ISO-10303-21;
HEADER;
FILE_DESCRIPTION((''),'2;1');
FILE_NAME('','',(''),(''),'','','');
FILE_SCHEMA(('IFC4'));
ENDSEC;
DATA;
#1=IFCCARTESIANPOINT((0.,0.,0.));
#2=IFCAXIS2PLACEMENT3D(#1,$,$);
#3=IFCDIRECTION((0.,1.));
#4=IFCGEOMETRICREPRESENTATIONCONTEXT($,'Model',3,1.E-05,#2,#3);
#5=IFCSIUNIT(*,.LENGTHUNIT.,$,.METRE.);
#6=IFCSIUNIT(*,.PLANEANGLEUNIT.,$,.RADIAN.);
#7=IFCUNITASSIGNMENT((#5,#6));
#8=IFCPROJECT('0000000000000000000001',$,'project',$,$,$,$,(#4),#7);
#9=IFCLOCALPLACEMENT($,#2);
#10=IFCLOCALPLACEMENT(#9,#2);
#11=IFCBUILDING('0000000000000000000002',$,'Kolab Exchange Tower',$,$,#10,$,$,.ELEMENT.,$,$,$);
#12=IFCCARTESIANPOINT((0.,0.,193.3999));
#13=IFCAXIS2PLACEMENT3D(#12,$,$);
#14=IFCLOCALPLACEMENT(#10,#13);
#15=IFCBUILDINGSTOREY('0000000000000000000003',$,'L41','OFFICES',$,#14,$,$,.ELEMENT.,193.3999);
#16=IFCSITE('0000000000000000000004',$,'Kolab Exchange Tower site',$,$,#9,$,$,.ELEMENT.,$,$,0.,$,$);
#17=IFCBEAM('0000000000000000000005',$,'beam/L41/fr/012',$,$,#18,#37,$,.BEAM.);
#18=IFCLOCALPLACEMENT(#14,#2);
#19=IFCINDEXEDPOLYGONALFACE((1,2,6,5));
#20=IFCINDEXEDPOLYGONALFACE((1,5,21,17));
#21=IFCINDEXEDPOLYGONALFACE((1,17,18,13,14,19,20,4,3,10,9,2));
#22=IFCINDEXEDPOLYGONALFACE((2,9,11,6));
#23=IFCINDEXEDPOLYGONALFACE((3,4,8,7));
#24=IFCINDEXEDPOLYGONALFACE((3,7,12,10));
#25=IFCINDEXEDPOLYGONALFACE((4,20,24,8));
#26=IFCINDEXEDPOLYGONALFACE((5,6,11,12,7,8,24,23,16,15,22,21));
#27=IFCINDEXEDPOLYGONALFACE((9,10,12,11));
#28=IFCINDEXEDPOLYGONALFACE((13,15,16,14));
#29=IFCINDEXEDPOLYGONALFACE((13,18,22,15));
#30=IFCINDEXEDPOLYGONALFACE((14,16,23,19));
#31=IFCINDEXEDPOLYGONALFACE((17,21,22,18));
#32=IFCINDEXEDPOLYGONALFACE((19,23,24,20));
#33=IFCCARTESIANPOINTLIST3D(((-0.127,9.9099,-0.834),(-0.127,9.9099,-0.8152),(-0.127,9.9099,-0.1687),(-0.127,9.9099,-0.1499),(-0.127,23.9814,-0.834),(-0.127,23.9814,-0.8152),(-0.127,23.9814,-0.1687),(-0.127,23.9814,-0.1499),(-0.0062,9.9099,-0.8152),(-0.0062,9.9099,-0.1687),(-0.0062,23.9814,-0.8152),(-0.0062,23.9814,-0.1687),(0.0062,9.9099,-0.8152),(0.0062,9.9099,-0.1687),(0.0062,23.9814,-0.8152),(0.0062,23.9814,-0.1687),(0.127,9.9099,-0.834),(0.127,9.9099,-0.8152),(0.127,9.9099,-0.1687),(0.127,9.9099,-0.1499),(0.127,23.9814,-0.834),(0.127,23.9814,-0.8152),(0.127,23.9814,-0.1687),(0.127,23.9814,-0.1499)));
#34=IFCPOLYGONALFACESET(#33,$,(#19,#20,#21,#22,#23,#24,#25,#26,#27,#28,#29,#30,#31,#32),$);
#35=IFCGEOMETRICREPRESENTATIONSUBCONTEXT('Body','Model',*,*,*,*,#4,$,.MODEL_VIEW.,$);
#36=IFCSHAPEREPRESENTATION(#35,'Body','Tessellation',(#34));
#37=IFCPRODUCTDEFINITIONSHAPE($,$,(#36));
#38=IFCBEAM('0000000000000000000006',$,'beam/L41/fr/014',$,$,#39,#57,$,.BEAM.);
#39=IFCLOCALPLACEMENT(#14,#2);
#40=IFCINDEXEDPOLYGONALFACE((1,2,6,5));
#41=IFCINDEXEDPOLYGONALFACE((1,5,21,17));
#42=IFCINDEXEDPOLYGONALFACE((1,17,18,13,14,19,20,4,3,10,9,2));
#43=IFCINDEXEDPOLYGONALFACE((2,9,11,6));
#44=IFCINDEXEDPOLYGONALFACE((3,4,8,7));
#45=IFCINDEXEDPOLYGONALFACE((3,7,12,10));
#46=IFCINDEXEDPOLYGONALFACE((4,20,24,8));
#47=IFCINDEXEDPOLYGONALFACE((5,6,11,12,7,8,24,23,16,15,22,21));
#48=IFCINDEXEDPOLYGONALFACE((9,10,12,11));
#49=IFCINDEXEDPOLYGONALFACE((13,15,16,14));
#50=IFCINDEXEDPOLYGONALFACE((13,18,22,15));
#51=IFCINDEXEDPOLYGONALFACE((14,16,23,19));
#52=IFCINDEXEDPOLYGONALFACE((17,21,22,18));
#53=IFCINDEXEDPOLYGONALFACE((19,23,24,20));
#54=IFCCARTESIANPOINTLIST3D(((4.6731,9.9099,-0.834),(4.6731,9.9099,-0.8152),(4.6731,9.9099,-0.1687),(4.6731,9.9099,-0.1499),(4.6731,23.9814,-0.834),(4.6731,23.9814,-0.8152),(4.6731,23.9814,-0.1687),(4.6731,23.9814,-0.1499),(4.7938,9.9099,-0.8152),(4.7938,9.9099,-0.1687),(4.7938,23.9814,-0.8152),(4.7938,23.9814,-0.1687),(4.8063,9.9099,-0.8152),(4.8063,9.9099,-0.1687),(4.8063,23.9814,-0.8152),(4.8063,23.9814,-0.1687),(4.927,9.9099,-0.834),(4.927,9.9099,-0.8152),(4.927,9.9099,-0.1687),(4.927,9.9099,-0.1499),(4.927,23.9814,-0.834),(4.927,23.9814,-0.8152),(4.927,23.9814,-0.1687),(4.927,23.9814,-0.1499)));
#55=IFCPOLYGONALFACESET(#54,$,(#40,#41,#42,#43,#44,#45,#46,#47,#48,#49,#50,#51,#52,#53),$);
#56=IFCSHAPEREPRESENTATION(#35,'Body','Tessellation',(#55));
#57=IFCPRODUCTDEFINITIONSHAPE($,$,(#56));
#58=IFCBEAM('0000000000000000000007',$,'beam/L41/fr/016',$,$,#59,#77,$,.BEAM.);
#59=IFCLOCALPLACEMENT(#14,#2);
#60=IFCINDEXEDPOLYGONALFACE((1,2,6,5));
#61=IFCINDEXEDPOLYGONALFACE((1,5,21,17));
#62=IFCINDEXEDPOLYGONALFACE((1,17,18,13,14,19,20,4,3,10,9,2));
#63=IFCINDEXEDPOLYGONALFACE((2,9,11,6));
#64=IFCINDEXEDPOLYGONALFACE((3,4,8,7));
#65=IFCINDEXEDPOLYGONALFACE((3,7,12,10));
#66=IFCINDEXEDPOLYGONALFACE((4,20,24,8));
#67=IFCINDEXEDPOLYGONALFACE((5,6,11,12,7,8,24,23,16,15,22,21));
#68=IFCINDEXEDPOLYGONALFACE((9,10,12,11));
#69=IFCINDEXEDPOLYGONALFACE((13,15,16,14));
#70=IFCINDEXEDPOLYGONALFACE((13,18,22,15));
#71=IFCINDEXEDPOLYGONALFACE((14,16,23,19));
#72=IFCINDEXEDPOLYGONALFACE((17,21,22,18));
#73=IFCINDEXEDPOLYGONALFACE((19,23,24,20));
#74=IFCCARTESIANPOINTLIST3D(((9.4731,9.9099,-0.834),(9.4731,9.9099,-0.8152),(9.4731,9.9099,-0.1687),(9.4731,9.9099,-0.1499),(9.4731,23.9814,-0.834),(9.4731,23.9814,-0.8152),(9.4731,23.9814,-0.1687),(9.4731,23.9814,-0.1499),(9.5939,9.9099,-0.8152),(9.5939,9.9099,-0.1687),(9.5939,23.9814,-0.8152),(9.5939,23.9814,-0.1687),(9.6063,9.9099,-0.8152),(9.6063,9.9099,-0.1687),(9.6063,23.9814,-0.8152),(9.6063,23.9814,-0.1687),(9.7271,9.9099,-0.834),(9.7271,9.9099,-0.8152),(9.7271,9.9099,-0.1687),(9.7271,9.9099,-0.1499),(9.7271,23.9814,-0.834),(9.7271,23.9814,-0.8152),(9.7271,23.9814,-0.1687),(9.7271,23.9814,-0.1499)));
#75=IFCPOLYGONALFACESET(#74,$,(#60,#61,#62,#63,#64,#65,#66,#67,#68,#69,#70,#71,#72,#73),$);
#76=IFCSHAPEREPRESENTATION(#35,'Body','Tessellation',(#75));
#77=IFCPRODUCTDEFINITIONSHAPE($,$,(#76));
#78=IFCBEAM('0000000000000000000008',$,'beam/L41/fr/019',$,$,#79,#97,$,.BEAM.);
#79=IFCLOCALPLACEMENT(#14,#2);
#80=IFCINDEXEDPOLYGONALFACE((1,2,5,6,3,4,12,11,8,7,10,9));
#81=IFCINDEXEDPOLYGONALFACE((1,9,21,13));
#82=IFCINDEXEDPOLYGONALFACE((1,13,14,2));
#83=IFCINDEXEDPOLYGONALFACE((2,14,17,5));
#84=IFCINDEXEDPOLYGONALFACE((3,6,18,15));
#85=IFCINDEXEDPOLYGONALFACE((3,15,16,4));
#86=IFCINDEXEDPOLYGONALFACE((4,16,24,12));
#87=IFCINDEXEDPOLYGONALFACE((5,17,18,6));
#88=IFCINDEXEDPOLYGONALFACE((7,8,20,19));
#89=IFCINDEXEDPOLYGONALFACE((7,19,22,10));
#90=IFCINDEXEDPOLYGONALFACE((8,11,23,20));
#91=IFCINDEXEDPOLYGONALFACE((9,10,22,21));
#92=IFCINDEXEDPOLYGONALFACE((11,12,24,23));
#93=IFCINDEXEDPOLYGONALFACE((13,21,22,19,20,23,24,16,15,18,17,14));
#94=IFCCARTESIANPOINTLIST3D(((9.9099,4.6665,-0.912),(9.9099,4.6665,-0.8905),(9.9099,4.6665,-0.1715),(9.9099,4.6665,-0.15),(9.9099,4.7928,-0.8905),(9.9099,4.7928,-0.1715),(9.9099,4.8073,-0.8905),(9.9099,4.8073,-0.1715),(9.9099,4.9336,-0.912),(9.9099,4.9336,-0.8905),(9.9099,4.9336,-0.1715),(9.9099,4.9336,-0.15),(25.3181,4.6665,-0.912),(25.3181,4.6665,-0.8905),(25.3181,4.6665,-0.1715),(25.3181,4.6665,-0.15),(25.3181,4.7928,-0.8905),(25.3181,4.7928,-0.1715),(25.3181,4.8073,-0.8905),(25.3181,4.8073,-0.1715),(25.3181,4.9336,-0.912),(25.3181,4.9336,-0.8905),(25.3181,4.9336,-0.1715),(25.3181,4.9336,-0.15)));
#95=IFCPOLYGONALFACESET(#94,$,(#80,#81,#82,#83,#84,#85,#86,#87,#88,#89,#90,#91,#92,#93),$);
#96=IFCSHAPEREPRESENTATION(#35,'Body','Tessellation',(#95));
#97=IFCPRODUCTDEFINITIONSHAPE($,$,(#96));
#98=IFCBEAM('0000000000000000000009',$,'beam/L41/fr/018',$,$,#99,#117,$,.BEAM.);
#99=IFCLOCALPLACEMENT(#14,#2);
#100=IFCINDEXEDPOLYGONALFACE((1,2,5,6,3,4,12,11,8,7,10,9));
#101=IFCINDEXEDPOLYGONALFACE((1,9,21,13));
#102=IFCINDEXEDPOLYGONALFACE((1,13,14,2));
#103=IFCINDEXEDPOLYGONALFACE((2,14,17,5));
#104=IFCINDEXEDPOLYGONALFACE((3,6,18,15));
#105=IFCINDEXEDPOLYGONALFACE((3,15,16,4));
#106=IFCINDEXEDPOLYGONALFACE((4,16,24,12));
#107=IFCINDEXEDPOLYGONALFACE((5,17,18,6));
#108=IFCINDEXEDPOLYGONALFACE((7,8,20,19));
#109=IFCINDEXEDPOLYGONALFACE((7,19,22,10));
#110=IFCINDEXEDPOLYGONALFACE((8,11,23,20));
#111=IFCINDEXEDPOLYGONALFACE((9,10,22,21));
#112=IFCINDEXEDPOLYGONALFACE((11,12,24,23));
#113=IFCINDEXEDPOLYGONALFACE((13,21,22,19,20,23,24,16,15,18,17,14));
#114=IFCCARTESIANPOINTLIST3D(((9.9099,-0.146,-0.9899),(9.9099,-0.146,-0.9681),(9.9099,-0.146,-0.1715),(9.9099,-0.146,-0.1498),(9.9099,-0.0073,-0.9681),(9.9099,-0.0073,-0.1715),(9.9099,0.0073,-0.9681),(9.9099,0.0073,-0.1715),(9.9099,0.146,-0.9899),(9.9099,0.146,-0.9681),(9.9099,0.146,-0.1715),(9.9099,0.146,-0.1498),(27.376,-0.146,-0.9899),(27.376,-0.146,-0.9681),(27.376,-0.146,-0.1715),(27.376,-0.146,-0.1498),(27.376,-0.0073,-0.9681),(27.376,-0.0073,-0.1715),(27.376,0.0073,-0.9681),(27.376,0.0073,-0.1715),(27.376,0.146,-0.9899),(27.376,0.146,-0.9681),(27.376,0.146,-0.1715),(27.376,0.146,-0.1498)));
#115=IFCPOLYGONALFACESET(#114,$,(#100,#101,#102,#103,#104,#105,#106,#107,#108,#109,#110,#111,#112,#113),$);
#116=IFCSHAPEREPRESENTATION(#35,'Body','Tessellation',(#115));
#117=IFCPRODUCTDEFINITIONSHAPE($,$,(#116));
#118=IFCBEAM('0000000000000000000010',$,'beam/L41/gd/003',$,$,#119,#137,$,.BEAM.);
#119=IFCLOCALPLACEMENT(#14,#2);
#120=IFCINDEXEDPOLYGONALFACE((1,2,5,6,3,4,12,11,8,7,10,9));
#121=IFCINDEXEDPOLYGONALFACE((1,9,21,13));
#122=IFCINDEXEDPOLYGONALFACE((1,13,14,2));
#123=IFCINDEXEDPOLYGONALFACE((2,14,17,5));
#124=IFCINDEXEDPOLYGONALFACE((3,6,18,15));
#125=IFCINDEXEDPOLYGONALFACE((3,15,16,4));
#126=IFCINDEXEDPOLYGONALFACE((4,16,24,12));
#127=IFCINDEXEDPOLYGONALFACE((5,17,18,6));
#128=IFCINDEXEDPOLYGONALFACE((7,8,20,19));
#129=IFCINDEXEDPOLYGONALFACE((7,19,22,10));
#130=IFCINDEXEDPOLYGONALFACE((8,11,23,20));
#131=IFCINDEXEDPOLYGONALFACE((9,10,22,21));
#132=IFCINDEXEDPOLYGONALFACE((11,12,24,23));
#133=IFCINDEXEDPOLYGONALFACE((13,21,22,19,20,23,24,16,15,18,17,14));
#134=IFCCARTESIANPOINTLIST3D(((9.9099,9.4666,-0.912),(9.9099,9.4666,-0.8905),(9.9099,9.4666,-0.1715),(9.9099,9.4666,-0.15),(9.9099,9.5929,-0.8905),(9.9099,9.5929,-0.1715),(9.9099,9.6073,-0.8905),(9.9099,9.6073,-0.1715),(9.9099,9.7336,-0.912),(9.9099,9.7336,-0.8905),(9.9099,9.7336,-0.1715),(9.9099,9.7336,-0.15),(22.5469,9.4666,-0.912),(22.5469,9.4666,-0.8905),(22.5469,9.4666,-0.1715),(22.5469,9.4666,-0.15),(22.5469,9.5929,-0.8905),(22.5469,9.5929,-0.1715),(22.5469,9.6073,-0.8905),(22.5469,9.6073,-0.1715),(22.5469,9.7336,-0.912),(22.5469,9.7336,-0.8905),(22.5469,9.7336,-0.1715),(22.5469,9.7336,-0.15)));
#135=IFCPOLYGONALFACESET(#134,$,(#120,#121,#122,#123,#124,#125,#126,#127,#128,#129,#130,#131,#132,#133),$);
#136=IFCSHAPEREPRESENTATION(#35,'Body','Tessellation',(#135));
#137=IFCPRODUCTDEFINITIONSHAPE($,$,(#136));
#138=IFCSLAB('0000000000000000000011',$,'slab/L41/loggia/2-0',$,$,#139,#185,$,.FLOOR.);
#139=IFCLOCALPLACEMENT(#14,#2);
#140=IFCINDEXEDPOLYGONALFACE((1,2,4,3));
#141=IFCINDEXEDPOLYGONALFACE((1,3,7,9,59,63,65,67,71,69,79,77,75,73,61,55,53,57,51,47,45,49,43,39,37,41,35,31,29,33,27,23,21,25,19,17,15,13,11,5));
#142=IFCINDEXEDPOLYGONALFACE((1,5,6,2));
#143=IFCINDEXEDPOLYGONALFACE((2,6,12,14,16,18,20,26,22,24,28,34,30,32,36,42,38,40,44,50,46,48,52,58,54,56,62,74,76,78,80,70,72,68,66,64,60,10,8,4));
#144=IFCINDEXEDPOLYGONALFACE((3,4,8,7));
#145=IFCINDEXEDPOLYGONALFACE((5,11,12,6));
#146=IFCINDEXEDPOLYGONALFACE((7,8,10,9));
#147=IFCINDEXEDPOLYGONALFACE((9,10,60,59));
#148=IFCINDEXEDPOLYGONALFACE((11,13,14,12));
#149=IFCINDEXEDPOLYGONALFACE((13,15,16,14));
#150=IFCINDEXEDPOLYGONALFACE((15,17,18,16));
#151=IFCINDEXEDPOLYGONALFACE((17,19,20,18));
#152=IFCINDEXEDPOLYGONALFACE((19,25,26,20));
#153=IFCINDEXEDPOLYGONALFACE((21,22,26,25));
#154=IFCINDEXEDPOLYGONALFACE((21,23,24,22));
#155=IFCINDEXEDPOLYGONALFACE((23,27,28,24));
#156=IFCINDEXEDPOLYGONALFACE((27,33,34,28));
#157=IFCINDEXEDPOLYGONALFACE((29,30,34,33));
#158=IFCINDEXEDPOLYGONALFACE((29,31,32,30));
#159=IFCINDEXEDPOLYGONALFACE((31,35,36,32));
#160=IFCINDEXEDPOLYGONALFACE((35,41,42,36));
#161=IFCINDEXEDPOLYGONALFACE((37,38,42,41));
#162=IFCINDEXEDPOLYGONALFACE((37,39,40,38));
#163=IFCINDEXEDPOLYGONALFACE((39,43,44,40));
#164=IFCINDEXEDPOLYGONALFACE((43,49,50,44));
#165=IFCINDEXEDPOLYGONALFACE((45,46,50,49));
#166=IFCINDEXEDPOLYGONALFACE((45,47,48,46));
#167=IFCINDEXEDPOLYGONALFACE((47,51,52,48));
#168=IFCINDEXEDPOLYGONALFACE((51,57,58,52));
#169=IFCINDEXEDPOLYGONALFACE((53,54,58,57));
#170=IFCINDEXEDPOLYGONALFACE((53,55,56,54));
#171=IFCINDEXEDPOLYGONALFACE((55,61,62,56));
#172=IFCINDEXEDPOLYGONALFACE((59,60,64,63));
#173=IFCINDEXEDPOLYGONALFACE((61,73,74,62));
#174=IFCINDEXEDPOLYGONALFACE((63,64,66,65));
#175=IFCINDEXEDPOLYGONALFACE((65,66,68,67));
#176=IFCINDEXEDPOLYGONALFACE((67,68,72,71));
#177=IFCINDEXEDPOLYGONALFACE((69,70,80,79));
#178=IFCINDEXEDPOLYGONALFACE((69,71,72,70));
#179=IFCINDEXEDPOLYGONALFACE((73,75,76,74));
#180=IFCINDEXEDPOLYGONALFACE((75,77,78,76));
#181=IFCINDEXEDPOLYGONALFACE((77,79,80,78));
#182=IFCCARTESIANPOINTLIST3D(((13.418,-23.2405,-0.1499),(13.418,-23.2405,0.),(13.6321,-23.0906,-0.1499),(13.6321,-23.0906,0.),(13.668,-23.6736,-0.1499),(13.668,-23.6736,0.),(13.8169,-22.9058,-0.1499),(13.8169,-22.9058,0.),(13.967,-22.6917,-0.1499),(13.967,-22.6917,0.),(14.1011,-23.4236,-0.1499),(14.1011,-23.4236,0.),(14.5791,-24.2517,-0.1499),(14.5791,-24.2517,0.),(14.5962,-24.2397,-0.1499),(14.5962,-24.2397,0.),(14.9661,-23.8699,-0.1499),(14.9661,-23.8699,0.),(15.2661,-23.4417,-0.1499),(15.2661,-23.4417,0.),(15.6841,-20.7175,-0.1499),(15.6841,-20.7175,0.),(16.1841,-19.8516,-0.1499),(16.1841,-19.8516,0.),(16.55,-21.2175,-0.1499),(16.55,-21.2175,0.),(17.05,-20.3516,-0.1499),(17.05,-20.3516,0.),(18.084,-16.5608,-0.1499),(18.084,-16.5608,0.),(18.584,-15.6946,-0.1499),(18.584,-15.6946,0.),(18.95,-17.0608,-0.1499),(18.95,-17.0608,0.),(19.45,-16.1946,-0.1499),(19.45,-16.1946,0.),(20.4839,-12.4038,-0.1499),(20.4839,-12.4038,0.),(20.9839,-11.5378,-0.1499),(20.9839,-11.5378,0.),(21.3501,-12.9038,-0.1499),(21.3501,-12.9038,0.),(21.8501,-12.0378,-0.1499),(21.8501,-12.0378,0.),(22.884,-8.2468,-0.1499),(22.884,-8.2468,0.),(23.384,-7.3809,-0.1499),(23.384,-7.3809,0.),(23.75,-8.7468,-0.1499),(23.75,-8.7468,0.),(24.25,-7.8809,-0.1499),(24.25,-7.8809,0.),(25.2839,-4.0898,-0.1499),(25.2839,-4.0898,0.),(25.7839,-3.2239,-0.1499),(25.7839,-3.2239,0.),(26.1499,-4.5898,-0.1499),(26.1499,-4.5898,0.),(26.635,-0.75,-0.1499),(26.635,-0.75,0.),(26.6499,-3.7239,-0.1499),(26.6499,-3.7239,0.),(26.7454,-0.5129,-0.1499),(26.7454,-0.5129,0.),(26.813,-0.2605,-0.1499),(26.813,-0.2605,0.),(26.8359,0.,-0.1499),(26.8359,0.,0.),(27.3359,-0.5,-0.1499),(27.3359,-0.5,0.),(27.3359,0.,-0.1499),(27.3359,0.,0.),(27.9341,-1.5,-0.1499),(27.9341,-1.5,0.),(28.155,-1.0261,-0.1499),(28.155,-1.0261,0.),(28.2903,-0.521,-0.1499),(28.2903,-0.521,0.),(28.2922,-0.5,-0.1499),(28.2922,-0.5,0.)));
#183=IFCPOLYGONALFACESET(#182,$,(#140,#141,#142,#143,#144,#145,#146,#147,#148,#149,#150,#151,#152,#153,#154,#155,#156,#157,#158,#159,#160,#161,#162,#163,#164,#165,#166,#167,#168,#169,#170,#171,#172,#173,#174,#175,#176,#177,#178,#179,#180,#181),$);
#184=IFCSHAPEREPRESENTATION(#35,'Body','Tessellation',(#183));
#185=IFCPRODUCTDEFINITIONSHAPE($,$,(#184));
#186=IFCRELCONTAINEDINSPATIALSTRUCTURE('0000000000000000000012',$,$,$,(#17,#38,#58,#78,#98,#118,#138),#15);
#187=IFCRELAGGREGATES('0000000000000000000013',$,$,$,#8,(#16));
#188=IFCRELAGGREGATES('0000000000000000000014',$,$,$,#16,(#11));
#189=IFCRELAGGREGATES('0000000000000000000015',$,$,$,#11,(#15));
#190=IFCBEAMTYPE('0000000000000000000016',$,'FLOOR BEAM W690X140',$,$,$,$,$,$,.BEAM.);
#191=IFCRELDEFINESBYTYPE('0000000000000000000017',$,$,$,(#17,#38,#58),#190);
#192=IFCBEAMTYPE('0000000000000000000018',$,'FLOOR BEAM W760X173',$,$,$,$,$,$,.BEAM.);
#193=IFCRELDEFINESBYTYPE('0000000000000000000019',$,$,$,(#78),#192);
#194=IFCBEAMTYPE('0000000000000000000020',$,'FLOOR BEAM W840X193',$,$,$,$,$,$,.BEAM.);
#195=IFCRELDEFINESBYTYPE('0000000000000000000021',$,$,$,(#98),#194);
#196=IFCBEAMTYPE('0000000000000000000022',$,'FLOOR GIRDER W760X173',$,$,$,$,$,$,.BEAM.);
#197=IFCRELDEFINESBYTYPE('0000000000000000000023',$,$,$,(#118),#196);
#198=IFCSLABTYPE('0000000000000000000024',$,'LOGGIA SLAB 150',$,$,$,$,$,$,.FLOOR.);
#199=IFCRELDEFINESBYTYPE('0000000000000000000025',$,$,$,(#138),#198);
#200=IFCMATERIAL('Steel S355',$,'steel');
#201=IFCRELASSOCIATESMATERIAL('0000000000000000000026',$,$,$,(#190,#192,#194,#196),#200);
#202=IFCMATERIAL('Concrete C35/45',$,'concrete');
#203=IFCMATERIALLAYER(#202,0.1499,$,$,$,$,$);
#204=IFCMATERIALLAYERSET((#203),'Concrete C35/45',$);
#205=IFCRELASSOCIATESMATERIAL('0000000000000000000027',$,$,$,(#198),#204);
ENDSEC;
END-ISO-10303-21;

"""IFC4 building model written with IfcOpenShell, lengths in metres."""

from ifc_helpers import new_model, si_unit, direction, frame, origin, origin_2d, place, context, subcontext, project, spatial, polyline, i_section, outline, extrude, material, layer, layer_set, material_profile, profile_set, type_object, element, save


model = new_model("IFC4")

# Units and contexts
model_context = context("Model", 3, precision=1e-05, world=origin(), true_north=direction((0.0, 1.0)))
body_context = subcontext(model_context, "Body", "Model", "MODEL_VIEW")
ifc_project = project(units=[si_unit("LENGTHUNIT", "METRE"), si_unit("PLANEANGLEUNIT", "RADIAN")], contexts=[model_context])

# Site, building, storey
site_placement = place(None, origin())
site = spatial("IfcSite", under=ifc_project, at=site_placement, Name="Kolab Exchange Tower site", CompositionType="ELEMENT", RefElevation=0.0)
building_placement = place(site_placement, origin())
building = spatial("IfcBuilding", under=site, at=building_placement, Name="Kolab Exchange Tower", CompositionType="ELEMENT")
storey_placement = place(building_placement, frame((0.0, 0.0, 193.3999)))
storey = spatial("IfcBuildingStorey", under=building, at=storey_placement, Name="L41", Description="OFFICES", CompositionType="ELEMENT", Elevation=193.3999)

# Beams
ifc_material_1 = material(Name="Steel S355", Category="steel")
ifc_material_profile_1 = material_profile(ifc_material_1, i_section(OverallWidth=0.2539, OverallDepth=0.6841, WebThickness=0.0125, FlangeThickness=0.0188, at=origin_2d()), Name="W690X140")
ifc_profile_set_1 = profile_set([ifc_material_profile_1], Name="Steel S355")
beam_type_1 = type_object("IfcBeamType", Name="FLOOR BEAM W690X140", PredefinedType="BEAM", material=ifc_profile_set_1)
for number, where, z_axis, x_axis, name in (
    (1, (0.0, 9.9099, -0.4919), (0.0, 1.0, 0.0), (-1.0, 0.0, 0.0), "beam/L41/fr/012"),
    (2, (4.8, 9.9099, -0.4919), (0.0, 1.0, 0.0), (-1.0, 0.0, 0.0), "beam/L41/fr/014"),
    (3, (9.6001, 9.9099, -0.4919), (0.0, 1.0, 0.0), (-1.0, 0.0, 0.0), "beam/L41/fr/016"),
):
    element("IfcBeam", number, at=place(storey_placement, frame(where, z_axis=z_axis, x_axis=x_axis)), inside=storey, type_object=beam_type_1, Name=name, PredefinedType="BEAM", context=body_context, shape_type="SweptSolid", body=[
        extrude(i_section(OverallWidth=0.2539, OverallDepth=0.6841, WebThickness=0.0125, FlangeThickness=0.0188, at=origin_2d()), origin(), (0.0, 0.0, 1.0), 14.0715),
    ])
ifc_material_profile_2 = material_profile(ifc_material_1, i_section(OverallWidth=0.2671, OverallDepth=0.762, WebThickness=0.0144, FlangeThickness=0.0215, at=origin_2d()), Name="W760X173")
ifc_profile_set_2 = profile_set([ifc_material_profile_2], Name="Steel S355")
beam_type_2 = type_object("IfcBeamType", Name="FLOOR BEAM W760X173", PredefinedType="BEAM", material=ifc_profile_set_2)
beam_1_placement = place(storey_placement, frame((9.9099, 4.8, -0.531), z_axis=(1.0, 0.0, 0.0), x_axis=(0.0, 1.0, 0.0)))
element("IfcBeam", 4, at=beam_1_placement, inside=storey, type_object=beam_type_2, Name="beam/L41/fr/019", PredefinedType="BEAM", context=body_context, shape_type="SweptSolid", body=[
    extrude(i_section(OverallWidth=0.2671, OverallDepth=0.762, WebThickness=0.0144, FlangeThickness=0.0215, at=origin_2d()), origin(), (0.0, 0.0, 1.0), 15.4082),
])
ifc_material_profile_3 = material_profile(ifc_material_1, i_section(OverallWidth=0.292, OverallDepth=0.8401, WebThickness=0.0146, FlangeThickness=0.0217, at=origin_2d()), Name="W840X193")
ifc_profile_set_3 = profile_set([ifc_material_profile_3], Name="Steel S355")
beam_type_3 = type_object("IfcBeamType", Name="FLOOR BEAM W840X193", PredefinedType="BEAM", material=ifc_profile_set_3)
beam_2_placement = place(storey_placement, frame((9.9099, 0.0, -0.5698), z_axis=(1.0, 0.0, 0.0), x_axis=(0.0, 1.0, 0.0)))
element("IfcBeam", 5, at=beam_2_placement, inside=storey, type_object=beam_type_3, Name="beam/L41/fr/018", PredefinedType="BEAM", context=body_context, shape_type="SweptSolid", body=[
    extrude(i_section(OverallWidth=0.292, OverallDepth=0.8401, WebThickness=0.0146, FlangeThickness=0.0217, at=origin_2d()), origin(), (0.0, 0.0, 1.0), 17.4661),
])
ifc_material_profile_4 = material_profile(ifc_material_1, i_section(OverallWidth=0.2671, OverallDepth=0.762, WebThickness=0.0144, FlangeThickness=0.0215, at=origin_2d()), Name="W760X173")
ifc_profile_set_4 = profile_set([ifc_material_profile_4], Name="Steel S355")
beam_type_4 = type_object("IfcBeamType", Name="FLOOR GIRDER W760X173", PredefinedType="BEAM", material=ifc_profile_set_4)
beam_3_placement = place(storey_placement, frame((9.9099, 9.6001, -0.531), z_axis=(1.0, 0.0, 0.0), x_axis=(0.0, 1.0, 0.0)))
element("IfcBeam", 6, at=beam_3_placement, inside=storey, type_object=beam_type_4, Name="beam/L41/gd/003", PredefinedType="BEAM", context=body_context, shape_type="SweptSolid", body=[
    extrude(i_section(OverallWidth=0.2671, OverallDepth=0.762, WebThickness=0.0144, FlangeThickness=0.0215, at=origin_2d()), origin(), (0.0, 0.0, 1.0), 12.637),
])

# Slab
ifc_material_2 = material(Name="Concrete C35/45", Category="concrete")
ifc_layer_1 = layer(ifc_material_2, 0.1499)
ifc_layer_set_1 = layer_set([ifc_layer_1], Name="Concrete C35/45")
slab_type_1 = type_object("IfcSlabType", Name="LOGGIA SLAB 150", PredefinedType="FLOOR", material=ifc_layer_set_1)
slab_1_placement = place(storey_placement, frame((0.0, 0.0, -0.1499)))
element("IfcSlab", 7, at=slab_1_placement, inside=storey, type_object=slab_type_1, Name="slab/L41/loggia/2-0", PredefinedType="FLOOR", context=body_context, shape_type="SweptSolid", body=[
    extrude(outline(polyline([(15.2661, -23.4417), (16.55, -21.2175), (15.6841, -20.7175), (16.1841, -19.8516), (17.05, -20.3516), (18.95, -17.0608), (18.084, -16.5608), (18.584, -15.6946), (19.45, -16.1946), (21.3501, -12.9038), (20.4839, -12.4038), (20.9839, -11.5378), (21.8501, -12.0378), (23.75, -8.7468), (22.884, -8.2468), (23.384, -7.3809), (24.25, -7.8809), (26.1499, -4.5898), (25.2839, -4.0898), (25.7839, -3.2239), (26.6499, -3.7239), (27.9341, -1.5), (28.155, -1.0261), (28.2903, -0.521), (28.2922, -0.5), (27.3359, -0.5), (27.3359, 0.0), (26.8359, 0.0), (26.813, -0.2605), (26.7454, -0.5129), (26.635, -0.75), (13.967, -22.6917), (13.8169, -22.9058), (13.6321, -23.0906), (13.418, -23.2405), (13.668, -23.6736), (14.1011, -23.4236), (14.5791, -24.2517), (14.5962, -24.2397), (14.9661, -23.8699), (15.2661, -23.4417)])), origin(), (0.0, 0.0, 1.0), 0.1499),
])

save(model, "model.ifc")
